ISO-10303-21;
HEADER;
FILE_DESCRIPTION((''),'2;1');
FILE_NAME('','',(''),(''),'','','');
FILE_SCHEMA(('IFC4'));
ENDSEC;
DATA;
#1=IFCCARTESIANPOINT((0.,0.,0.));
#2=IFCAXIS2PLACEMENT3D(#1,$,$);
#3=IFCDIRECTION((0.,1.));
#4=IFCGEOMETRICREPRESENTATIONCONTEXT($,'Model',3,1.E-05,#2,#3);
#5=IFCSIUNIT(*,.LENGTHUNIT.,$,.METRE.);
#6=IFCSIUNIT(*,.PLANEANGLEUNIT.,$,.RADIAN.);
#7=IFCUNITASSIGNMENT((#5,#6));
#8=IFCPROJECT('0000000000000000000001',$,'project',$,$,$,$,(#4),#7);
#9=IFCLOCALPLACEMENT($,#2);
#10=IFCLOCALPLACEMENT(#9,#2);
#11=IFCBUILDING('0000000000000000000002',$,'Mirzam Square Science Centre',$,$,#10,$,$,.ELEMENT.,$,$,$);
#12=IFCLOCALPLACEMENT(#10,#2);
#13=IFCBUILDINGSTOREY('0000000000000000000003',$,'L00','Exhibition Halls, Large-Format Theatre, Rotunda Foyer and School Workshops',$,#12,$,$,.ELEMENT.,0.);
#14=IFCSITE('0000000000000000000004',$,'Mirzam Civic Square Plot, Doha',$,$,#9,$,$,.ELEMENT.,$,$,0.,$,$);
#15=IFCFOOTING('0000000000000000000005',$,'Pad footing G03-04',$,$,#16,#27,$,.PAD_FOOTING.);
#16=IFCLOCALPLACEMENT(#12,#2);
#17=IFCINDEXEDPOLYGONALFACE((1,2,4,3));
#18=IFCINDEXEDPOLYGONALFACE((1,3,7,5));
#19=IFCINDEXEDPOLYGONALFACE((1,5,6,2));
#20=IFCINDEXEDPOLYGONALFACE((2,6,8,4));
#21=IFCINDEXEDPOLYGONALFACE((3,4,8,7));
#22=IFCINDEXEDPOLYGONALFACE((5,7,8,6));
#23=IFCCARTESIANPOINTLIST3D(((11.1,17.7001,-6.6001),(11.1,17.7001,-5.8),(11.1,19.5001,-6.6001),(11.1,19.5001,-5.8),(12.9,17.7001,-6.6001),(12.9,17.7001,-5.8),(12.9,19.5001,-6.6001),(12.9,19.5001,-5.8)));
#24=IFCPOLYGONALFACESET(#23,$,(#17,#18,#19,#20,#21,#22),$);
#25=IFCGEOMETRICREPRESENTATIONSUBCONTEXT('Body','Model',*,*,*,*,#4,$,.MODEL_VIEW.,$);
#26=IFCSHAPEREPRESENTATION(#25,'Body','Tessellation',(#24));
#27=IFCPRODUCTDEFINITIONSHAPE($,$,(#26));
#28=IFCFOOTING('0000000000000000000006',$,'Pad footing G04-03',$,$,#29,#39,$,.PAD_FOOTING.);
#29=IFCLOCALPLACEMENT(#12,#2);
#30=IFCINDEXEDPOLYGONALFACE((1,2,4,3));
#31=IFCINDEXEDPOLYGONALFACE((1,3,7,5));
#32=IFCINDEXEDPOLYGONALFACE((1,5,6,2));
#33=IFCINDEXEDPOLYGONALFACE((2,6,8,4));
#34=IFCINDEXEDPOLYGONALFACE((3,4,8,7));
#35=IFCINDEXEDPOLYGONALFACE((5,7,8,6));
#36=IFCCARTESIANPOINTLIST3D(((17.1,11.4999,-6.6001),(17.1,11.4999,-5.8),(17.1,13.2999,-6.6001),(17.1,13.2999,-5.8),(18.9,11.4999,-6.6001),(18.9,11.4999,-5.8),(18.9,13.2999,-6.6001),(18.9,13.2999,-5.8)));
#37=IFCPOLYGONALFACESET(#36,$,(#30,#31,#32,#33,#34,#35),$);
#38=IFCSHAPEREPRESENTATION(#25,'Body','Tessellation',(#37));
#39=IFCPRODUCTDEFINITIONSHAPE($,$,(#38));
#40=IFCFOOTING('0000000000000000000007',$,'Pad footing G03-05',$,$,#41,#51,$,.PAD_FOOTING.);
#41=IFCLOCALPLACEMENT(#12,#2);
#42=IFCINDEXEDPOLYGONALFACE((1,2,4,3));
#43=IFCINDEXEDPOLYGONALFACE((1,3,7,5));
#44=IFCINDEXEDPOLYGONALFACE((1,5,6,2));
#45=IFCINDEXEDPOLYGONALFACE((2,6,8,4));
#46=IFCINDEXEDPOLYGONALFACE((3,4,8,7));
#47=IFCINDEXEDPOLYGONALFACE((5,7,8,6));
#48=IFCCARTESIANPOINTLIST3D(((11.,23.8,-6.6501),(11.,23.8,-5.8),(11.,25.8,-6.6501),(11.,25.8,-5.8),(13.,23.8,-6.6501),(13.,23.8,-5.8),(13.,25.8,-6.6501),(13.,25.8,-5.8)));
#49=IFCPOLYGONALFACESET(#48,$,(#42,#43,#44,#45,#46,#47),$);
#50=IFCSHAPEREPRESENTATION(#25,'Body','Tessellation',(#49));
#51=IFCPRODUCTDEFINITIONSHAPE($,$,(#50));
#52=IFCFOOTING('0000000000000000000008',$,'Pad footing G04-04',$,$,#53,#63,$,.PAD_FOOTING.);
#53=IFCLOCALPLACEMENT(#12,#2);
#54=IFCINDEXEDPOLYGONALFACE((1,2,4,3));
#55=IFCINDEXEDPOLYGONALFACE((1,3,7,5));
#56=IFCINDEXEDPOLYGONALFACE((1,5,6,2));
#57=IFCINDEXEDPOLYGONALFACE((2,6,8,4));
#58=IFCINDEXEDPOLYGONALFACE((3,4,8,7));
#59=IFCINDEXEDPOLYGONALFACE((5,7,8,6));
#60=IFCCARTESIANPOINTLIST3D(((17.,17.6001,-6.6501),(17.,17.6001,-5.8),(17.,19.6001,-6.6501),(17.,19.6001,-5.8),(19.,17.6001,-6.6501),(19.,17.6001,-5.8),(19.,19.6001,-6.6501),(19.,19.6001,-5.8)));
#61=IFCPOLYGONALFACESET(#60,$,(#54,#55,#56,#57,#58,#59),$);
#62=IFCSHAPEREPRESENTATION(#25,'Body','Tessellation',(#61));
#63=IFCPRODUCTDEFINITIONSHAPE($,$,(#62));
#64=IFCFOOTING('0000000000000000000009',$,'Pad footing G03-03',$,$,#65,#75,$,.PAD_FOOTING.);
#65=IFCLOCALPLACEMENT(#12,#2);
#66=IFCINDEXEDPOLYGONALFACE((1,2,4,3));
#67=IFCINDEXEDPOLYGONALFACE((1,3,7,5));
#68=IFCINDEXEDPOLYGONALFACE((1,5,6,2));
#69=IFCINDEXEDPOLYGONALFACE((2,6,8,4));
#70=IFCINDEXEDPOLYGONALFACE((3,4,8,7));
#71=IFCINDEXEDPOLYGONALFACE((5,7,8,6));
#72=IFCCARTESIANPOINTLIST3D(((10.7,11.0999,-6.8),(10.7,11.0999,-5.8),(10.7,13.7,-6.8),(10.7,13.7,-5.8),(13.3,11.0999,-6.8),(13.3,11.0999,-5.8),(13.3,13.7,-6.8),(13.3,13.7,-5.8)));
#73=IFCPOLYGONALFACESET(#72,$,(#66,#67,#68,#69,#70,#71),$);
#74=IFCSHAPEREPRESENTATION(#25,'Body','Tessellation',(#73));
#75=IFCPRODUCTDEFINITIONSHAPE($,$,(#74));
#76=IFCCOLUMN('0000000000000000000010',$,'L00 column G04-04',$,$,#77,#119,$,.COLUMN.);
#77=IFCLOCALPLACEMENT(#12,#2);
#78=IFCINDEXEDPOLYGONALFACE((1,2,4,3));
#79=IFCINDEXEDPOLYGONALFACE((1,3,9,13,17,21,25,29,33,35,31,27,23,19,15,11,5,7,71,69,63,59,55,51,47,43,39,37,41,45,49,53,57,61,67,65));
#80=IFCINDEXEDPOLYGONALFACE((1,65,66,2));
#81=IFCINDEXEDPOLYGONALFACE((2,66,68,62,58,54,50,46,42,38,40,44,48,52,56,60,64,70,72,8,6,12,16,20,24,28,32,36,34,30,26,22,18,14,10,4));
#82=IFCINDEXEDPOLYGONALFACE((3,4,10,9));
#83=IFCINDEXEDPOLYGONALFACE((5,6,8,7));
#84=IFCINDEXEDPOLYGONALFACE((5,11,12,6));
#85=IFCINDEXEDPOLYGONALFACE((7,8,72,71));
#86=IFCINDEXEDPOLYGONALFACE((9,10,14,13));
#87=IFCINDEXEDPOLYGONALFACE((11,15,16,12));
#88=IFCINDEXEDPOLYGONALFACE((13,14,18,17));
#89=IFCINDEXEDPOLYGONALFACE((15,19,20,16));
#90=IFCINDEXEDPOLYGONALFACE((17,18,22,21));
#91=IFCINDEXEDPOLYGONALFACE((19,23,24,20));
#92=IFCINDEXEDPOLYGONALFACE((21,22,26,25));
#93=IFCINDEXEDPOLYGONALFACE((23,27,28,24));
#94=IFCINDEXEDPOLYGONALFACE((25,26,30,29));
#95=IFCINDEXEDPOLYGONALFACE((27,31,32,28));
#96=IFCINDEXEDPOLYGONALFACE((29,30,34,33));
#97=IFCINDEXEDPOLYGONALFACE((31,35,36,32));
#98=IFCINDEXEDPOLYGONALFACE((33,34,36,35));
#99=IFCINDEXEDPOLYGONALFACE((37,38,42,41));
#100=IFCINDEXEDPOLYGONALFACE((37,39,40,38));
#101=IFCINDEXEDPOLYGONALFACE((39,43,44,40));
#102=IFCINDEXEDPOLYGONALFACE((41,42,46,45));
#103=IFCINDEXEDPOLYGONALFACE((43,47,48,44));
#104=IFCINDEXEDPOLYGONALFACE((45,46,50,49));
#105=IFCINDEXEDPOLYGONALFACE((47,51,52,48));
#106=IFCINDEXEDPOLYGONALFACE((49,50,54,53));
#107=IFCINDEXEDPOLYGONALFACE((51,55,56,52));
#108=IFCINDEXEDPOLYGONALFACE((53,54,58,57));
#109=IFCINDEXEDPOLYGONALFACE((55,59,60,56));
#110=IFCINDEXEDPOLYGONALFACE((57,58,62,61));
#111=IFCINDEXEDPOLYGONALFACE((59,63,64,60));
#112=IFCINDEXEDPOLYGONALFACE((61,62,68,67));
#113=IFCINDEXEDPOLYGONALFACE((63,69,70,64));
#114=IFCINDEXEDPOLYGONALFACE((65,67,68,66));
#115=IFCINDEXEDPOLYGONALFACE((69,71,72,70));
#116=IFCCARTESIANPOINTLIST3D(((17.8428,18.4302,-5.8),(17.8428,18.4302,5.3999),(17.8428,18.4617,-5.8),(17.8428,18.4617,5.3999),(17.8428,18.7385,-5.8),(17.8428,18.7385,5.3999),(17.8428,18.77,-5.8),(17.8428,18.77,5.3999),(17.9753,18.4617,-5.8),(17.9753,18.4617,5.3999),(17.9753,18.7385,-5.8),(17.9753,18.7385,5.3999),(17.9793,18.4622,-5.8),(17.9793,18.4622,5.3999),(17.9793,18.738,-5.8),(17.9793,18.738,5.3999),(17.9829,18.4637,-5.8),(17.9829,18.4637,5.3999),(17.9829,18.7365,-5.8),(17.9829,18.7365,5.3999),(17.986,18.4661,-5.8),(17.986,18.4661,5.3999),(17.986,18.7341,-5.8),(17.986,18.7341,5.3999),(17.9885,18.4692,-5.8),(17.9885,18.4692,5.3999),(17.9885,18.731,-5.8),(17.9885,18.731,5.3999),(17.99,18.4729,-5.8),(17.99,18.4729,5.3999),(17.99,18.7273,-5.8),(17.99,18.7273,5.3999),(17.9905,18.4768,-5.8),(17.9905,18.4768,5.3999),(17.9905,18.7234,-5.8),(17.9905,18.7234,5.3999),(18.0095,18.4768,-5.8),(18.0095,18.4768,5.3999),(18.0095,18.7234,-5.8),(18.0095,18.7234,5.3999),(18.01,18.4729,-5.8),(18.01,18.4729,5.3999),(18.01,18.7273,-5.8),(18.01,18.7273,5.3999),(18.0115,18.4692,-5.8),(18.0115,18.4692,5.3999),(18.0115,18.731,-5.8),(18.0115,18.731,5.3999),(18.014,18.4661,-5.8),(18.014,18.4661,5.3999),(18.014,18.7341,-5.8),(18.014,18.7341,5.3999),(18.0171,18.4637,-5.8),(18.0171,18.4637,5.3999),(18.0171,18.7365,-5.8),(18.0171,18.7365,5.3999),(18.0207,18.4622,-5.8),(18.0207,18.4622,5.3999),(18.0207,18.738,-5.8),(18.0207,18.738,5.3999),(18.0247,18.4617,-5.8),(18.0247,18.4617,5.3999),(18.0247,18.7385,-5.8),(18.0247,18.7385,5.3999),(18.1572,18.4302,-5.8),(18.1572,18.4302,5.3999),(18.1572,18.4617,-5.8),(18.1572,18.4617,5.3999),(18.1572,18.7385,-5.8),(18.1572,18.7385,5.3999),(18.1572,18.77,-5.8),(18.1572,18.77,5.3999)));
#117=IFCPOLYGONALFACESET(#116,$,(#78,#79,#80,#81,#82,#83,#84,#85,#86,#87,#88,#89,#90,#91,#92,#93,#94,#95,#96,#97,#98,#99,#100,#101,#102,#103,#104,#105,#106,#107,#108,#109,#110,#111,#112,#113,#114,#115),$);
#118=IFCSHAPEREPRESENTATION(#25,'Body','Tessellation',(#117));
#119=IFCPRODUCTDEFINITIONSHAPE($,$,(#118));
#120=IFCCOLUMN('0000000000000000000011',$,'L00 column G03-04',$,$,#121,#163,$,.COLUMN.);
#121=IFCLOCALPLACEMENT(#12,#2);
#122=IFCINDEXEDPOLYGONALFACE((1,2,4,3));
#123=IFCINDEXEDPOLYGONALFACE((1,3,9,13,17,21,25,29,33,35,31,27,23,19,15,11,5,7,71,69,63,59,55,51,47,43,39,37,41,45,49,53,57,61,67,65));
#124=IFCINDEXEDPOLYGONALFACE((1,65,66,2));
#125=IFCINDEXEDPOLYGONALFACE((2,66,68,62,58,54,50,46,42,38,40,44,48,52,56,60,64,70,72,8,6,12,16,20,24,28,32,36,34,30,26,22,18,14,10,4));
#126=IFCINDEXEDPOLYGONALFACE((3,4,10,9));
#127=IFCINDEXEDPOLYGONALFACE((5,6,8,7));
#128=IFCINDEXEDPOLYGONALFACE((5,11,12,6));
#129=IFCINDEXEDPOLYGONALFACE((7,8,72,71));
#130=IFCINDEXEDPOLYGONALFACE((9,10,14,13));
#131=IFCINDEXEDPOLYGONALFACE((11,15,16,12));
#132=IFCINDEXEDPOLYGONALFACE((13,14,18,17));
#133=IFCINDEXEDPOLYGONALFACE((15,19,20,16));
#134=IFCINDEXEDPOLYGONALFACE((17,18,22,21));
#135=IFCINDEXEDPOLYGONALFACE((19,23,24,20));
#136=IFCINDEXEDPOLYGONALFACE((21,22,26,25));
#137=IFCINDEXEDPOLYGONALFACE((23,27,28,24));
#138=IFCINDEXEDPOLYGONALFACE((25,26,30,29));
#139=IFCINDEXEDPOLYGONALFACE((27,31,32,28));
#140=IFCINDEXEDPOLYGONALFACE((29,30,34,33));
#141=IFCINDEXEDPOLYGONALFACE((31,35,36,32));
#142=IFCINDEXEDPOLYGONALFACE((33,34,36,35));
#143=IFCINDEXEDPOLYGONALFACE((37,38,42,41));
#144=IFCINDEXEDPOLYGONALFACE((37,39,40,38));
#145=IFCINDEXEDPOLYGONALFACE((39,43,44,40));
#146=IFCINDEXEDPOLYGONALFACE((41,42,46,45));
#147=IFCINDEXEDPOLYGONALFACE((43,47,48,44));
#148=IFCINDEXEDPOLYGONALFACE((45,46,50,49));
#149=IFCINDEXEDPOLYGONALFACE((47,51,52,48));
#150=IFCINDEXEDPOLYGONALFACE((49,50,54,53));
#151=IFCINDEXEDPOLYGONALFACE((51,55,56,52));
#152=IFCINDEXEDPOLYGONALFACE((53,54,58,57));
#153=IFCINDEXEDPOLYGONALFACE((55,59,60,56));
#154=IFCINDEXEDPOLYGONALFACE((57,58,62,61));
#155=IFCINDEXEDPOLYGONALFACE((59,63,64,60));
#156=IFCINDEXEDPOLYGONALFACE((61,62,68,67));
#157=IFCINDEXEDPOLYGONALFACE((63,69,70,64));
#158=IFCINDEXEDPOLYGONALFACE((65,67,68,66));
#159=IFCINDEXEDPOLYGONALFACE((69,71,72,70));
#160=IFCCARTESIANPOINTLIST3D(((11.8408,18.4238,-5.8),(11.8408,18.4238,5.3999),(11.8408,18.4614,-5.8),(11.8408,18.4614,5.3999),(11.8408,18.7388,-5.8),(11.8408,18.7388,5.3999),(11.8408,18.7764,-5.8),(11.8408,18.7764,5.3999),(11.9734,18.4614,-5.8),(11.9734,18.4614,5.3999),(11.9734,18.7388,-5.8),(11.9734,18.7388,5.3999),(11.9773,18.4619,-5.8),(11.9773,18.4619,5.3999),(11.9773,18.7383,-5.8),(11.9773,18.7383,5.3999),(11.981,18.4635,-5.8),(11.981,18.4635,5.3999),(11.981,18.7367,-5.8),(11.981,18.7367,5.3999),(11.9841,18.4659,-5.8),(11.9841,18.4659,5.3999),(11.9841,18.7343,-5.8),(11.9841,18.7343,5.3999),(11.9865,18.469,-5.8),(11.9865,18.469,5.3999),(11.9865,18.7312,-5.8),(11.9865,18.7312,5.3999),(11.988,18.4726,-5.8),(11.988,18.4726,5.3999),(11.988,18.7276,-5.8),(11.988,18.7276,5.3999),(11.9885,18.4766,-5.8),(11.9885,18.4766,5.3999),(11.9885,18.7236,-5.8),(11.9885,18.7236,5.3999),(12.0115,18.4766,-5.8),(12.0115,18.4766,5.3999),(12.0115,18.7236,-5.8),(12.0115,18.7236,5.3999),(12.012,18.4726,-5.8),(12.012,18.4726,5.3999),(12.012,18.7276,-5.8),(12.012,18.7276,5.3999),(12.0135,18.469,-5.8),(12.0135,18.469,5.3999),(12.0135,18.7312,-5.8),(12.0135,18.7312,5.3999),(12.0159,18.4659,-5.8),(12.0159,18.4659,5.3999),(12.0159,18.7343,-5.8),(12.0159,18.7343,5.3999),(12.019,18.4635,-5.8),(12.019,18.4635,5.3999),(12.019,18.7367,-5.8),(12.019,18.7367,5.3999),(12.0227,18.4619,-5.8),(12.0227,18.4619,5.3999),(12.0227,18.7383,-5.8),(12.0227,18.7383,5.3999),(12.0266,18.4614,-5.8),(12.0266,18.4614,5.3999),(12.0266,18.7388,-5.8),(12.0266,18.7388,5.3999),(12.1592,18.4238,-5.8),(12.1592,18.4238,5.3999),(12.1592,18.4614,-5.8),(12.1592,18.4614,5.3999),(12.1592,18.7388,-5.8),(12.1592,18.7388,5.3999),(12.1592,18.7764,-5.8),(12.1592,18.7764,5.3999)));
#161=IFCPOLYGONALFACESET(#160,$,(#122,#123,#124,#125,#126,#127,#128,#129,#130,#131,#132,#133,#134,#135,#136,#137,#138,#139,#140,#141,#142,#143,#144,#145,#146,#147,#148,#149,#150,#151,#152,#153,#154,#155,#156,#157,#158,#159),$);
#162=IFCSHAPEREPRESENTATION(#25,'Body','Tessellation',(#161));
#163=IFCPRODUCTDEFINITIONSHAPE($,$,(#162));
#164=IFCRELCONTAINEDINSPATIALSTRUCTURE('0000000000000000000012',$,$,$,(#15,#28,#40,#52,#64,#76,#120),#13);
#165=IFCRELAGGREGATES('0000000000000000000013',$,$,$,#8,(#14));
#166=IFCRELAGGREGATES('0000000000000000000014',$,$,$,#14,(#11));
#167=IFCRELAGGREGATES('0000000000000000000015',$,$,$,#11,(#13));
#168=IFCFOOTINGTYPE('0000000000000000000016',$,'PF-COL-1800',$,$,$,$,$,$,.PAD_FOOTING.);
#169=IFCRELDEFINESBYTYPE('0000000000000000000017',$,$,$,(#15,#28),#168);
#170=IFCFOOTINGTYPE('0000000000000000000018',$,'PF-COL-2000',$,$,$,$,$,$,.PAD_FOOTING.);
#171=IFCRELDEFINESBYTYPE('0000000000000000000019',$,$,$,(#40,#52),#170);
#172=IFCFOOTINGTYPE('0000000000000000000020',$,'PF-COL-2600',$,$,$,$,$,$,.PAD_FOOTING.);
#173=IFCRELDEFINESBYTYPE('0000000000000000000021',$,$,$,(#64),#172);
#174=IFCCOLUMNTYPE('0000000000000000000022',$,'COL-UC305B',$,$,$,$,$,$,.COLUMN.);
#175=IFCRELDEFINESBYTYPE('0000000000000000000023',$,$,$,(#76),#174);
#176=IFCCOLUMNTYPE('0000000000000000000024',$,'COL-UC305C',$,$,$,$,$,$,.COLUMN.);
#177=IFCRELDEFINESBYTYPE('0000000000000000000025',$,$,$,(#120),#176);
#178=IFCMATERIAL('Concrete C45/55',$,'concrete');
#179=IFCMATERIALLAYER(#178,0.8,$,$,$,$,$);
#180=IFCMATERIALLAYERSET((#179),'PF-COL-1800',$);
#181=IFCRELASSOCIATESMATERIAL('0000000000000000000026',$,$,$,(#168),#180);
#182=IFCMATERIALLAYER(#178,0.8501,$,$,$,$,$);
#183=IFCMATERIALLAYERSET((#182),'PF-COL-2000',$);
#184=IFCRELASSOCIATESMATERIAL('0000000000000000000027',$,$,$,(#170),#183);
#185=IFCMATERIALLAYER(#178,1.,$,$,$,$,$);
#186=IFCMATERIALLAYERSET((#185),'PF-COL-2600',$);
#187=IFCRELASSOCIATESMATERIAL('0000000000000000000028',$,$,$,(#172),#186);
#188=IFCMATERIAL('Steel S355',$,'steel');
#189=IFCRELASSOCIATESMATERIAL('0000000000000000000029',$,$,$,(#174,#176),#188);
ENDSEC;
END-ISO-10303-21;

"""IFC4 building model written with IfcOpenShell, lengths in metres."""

from ifc_helpers import new_model, si_unit, direction, frame, origin, origin_2d, place, context, subcontext, project, spatial, rectangle, i_section, extrude, material, layer, layer_set, material_profile, profile_set, type_object, element, save


model = new_model("IFC4")

# Units and contexts
model_context = context("Model", 3, precision=1e-05, world=origin(), true_north=direction((0.0, 1.0)))
body_context = subcontext(model_context, "Body", "Model", "MODEL_VIEW")
ifc_project = project(units=[si_unit("LENGTHUNIT", "METRE"), si_unit("PLANEANGLEUNIT", "RADIAN")], contexts=[model_context])

# Site, building, storey
site_placement = place(None, origin())
site = spatial("IfcSite", under=ifc_project, at=site_placement, Name="Mirzam Civic Square Plot, Doha", CompositionType="ELEMENT", RefElevation=0.0)
building_placement = place(site_placement, origin())
building = spatial("IfcBuilding", under=site, at=building_placement, Name="Mirzam Square Science Centre", CompositionType="ELEMENT")
storey_placement = place(building_placement, origin())
storey = spatial("IfcBuildingStorey", under=building, at=storey_placement, Name="L00", Description="Exhibition Halls, Large-Format Theatre, Rotunda Foyer and School Workshops", CompositionType="ELEMENT", Elevation=0.0)

# Footings
ifc_material_1 = material(Name="Concrete C45/55", Category="concrete")
ifc_layer_1 = layer(ifc_material_1, 0.8)
ifc_layer_set_1 = layer_set([ifc_layer_1], Name="PF-COL-1800")
footing_type_1 = type_object("IfcFootingType", Name="PF-COL-1800", PredefinedType="PAD_FOOTING", material=ifc_layer_set_1)
for number, where, z_axis, x_axis, name in (
    (1, (12.0, 18.6001, -6.6001), (0.0, 0.0, 1.0), (1.0, 0.0, 0.0), "Pad footing G03-04"),
    (2, (18.0, 12.3999, -6.6001), (0.0, 0.0, 1.0), (1.0, 0.0, 0.0), "Pad footing G04-03"),
):
    element("IfcFooting", number, at=place(storey_placement, frame(where, z_axis=z_axis, x_axis=x_axis)), inside=storey, type_object=footing_type_1, Name=name, PredefinedType="PAD_FOOTING", context=body_context, shape_type="SweptSolid", body=[
        extrude(rectangle(XDim=1.8, YDim=1.8, at=origin_2d()), origin(), (0.0, 0.0, 1.0), 0.8),
    ])
ifc_layer_2 = layer(ifc_material_1, 0.8501)
ifc_layer_set_2 = layer_set([ifc_layer_2], Name="PF-COL-2000")
footing_type_2 = type_object("IfcFootingType", Name="PF-COL-2000", PredefinedType="PAD_FOOTING", material=ifc_layer_set_2)
for number, where, z_axis, x_axis, name in (
    (3, (12.0, 24.8, -6.6501), (0.0, 0.0, 1.0), (1.0, 0.0, 0.0), "Pad footing G03-05"),
    (4, (18.0, 18.6001, -6.6501), (0.0, 0.0, 1.0), (1.0, 0.0, 0.0), "Pad footing G04-04"),
):
    element("IfcFooting", number, at=place(storey_placement, frame(where, z_axis=z_axis, x_axis=x_axis)), inside=storey, type_object=footing_type_2, Name=name, PredefinedType="PAD_FOOTING", context=body_context, shape_type="SweptSolid", body=[
        extrude(rectangle(XDim=2.0, YDim=2.0, at=origin_2d()), origin(), (0.0, 0.0, 1.0), 0.8501),
    ])
ifc_layer_3 = layer(ifc_material_1, 1.0)
ifc_layer_set_3 = layer_set([ifc_layer_3], Name="PF-COL-2600")
footing_type_3 = type_object("IfcFootingType", Name="PF-COL-2600", PredefinedType="PAD_FOOTING", material=ifc_layer_set_3)
footing_placement = place(storey_placement, frame((12.0, 12.3999, -6.8), z_axis=(0.0, 0.0, 1.0), x_axis=(1.0, 0.0, 0.0)))
element("IfcFooting", 5, at=footing_placement, inside=storey, type_object=footing_type_3, Name="Pad footing G03-03", PredefinedType="PAD_FOOTING", context=body_context, shape_type="SweptSolid", body=[
    extrude(rectangle(XDim=2.6001, YDim=2.6001, at=origin_2d()), origin(), (0.0, 0.0, 1.0), 1.0),
])

# Columns
ifc_material_2 = material(Name="Steel S355", Category="steel")
ifc_material_profile_1 = material_profile(ifc_material_2, i_section(OverallWidth=0.3145, OverallDepth=0.3398, WebThickness=0.019, FlangeThickness=0.0315, FilletRadius=0.0151, at=origin_2d()), Name="305x305x198UC")
ifc_profile_set_1 = profile_set([ifc_material_profile_1], Name="Steel S355")
column_type_1 = type_object("IfcColumnType", Name="COL-UC305B", PredefinedType="COLUMN", material=ifc_profile_set_1)
column_1_placement = place(storey_placement, frame((18.0, 18.6001, -5.8), z_axis=(0.0, 0.0, 1.0), x_axis=(1.0, 0.0, 0.0)))
element("IfcColumn", 6, at=column_1_placement, inside=storey, type_object=column_type_1, Name="L00 column G04-04", PredefinedType="COLUMN", context=body_context, shape_type="SweptSolid", body=[
    extrude(i_section(OverallWidth=0.3145, OverallDepth=0.3398, WebThickness=0.019, FlangeThickness=0.0315, FilletRadius=0.0151, at=origin_2d()), origin(), (0.0, 0.0, 1.0), 11.2),
])
ifc_material_profile_2 = material_profile(ifc_material_2, i_section(OverallWidth=0.3184, OverallDepth=0.3525, WebThickness=0.0229, FlangeThickness=0.0376, FilletRadius=0.0151, at=origin_2d()), Name="305x305x240UC")
ifc_profile_set_2 = profile_set([ifc_material_profile_2], Name="Steel S355")
column_type_2 = type_object("IfcColumnType", Name="COL-UC305C", PredefinedType="COLUMN", material=ifc_profile_set_2)
for number, where, z_axis, x_axis, name in (
    (7, (12.0, 18.6001, -5.8), (0.0, 0.0, 1.0), (1.0, 0.0, 0.0), "L00 column G03-04"),
):
    element("IfcColumn", number, at=place(storey_placement, frame(where, z_axis=z_axis, x_axis=x_axis)), inside=storey, type_object=column_type_2, Name=name, PredefinedType="COLUMN", context=body_context, shape_type="SweptSolid", body=[
        extrude(i_section(OverallWidth=0.3184, OverallDepth=0.3525, WebThickness=0.0229, FlangeThickness=0.0376, FilletRadius=0.0151, at=origin_2d()), origin(), (0.0, 0.0, 1.0), 11.2),
    ])

save(model, "model.ifc")
